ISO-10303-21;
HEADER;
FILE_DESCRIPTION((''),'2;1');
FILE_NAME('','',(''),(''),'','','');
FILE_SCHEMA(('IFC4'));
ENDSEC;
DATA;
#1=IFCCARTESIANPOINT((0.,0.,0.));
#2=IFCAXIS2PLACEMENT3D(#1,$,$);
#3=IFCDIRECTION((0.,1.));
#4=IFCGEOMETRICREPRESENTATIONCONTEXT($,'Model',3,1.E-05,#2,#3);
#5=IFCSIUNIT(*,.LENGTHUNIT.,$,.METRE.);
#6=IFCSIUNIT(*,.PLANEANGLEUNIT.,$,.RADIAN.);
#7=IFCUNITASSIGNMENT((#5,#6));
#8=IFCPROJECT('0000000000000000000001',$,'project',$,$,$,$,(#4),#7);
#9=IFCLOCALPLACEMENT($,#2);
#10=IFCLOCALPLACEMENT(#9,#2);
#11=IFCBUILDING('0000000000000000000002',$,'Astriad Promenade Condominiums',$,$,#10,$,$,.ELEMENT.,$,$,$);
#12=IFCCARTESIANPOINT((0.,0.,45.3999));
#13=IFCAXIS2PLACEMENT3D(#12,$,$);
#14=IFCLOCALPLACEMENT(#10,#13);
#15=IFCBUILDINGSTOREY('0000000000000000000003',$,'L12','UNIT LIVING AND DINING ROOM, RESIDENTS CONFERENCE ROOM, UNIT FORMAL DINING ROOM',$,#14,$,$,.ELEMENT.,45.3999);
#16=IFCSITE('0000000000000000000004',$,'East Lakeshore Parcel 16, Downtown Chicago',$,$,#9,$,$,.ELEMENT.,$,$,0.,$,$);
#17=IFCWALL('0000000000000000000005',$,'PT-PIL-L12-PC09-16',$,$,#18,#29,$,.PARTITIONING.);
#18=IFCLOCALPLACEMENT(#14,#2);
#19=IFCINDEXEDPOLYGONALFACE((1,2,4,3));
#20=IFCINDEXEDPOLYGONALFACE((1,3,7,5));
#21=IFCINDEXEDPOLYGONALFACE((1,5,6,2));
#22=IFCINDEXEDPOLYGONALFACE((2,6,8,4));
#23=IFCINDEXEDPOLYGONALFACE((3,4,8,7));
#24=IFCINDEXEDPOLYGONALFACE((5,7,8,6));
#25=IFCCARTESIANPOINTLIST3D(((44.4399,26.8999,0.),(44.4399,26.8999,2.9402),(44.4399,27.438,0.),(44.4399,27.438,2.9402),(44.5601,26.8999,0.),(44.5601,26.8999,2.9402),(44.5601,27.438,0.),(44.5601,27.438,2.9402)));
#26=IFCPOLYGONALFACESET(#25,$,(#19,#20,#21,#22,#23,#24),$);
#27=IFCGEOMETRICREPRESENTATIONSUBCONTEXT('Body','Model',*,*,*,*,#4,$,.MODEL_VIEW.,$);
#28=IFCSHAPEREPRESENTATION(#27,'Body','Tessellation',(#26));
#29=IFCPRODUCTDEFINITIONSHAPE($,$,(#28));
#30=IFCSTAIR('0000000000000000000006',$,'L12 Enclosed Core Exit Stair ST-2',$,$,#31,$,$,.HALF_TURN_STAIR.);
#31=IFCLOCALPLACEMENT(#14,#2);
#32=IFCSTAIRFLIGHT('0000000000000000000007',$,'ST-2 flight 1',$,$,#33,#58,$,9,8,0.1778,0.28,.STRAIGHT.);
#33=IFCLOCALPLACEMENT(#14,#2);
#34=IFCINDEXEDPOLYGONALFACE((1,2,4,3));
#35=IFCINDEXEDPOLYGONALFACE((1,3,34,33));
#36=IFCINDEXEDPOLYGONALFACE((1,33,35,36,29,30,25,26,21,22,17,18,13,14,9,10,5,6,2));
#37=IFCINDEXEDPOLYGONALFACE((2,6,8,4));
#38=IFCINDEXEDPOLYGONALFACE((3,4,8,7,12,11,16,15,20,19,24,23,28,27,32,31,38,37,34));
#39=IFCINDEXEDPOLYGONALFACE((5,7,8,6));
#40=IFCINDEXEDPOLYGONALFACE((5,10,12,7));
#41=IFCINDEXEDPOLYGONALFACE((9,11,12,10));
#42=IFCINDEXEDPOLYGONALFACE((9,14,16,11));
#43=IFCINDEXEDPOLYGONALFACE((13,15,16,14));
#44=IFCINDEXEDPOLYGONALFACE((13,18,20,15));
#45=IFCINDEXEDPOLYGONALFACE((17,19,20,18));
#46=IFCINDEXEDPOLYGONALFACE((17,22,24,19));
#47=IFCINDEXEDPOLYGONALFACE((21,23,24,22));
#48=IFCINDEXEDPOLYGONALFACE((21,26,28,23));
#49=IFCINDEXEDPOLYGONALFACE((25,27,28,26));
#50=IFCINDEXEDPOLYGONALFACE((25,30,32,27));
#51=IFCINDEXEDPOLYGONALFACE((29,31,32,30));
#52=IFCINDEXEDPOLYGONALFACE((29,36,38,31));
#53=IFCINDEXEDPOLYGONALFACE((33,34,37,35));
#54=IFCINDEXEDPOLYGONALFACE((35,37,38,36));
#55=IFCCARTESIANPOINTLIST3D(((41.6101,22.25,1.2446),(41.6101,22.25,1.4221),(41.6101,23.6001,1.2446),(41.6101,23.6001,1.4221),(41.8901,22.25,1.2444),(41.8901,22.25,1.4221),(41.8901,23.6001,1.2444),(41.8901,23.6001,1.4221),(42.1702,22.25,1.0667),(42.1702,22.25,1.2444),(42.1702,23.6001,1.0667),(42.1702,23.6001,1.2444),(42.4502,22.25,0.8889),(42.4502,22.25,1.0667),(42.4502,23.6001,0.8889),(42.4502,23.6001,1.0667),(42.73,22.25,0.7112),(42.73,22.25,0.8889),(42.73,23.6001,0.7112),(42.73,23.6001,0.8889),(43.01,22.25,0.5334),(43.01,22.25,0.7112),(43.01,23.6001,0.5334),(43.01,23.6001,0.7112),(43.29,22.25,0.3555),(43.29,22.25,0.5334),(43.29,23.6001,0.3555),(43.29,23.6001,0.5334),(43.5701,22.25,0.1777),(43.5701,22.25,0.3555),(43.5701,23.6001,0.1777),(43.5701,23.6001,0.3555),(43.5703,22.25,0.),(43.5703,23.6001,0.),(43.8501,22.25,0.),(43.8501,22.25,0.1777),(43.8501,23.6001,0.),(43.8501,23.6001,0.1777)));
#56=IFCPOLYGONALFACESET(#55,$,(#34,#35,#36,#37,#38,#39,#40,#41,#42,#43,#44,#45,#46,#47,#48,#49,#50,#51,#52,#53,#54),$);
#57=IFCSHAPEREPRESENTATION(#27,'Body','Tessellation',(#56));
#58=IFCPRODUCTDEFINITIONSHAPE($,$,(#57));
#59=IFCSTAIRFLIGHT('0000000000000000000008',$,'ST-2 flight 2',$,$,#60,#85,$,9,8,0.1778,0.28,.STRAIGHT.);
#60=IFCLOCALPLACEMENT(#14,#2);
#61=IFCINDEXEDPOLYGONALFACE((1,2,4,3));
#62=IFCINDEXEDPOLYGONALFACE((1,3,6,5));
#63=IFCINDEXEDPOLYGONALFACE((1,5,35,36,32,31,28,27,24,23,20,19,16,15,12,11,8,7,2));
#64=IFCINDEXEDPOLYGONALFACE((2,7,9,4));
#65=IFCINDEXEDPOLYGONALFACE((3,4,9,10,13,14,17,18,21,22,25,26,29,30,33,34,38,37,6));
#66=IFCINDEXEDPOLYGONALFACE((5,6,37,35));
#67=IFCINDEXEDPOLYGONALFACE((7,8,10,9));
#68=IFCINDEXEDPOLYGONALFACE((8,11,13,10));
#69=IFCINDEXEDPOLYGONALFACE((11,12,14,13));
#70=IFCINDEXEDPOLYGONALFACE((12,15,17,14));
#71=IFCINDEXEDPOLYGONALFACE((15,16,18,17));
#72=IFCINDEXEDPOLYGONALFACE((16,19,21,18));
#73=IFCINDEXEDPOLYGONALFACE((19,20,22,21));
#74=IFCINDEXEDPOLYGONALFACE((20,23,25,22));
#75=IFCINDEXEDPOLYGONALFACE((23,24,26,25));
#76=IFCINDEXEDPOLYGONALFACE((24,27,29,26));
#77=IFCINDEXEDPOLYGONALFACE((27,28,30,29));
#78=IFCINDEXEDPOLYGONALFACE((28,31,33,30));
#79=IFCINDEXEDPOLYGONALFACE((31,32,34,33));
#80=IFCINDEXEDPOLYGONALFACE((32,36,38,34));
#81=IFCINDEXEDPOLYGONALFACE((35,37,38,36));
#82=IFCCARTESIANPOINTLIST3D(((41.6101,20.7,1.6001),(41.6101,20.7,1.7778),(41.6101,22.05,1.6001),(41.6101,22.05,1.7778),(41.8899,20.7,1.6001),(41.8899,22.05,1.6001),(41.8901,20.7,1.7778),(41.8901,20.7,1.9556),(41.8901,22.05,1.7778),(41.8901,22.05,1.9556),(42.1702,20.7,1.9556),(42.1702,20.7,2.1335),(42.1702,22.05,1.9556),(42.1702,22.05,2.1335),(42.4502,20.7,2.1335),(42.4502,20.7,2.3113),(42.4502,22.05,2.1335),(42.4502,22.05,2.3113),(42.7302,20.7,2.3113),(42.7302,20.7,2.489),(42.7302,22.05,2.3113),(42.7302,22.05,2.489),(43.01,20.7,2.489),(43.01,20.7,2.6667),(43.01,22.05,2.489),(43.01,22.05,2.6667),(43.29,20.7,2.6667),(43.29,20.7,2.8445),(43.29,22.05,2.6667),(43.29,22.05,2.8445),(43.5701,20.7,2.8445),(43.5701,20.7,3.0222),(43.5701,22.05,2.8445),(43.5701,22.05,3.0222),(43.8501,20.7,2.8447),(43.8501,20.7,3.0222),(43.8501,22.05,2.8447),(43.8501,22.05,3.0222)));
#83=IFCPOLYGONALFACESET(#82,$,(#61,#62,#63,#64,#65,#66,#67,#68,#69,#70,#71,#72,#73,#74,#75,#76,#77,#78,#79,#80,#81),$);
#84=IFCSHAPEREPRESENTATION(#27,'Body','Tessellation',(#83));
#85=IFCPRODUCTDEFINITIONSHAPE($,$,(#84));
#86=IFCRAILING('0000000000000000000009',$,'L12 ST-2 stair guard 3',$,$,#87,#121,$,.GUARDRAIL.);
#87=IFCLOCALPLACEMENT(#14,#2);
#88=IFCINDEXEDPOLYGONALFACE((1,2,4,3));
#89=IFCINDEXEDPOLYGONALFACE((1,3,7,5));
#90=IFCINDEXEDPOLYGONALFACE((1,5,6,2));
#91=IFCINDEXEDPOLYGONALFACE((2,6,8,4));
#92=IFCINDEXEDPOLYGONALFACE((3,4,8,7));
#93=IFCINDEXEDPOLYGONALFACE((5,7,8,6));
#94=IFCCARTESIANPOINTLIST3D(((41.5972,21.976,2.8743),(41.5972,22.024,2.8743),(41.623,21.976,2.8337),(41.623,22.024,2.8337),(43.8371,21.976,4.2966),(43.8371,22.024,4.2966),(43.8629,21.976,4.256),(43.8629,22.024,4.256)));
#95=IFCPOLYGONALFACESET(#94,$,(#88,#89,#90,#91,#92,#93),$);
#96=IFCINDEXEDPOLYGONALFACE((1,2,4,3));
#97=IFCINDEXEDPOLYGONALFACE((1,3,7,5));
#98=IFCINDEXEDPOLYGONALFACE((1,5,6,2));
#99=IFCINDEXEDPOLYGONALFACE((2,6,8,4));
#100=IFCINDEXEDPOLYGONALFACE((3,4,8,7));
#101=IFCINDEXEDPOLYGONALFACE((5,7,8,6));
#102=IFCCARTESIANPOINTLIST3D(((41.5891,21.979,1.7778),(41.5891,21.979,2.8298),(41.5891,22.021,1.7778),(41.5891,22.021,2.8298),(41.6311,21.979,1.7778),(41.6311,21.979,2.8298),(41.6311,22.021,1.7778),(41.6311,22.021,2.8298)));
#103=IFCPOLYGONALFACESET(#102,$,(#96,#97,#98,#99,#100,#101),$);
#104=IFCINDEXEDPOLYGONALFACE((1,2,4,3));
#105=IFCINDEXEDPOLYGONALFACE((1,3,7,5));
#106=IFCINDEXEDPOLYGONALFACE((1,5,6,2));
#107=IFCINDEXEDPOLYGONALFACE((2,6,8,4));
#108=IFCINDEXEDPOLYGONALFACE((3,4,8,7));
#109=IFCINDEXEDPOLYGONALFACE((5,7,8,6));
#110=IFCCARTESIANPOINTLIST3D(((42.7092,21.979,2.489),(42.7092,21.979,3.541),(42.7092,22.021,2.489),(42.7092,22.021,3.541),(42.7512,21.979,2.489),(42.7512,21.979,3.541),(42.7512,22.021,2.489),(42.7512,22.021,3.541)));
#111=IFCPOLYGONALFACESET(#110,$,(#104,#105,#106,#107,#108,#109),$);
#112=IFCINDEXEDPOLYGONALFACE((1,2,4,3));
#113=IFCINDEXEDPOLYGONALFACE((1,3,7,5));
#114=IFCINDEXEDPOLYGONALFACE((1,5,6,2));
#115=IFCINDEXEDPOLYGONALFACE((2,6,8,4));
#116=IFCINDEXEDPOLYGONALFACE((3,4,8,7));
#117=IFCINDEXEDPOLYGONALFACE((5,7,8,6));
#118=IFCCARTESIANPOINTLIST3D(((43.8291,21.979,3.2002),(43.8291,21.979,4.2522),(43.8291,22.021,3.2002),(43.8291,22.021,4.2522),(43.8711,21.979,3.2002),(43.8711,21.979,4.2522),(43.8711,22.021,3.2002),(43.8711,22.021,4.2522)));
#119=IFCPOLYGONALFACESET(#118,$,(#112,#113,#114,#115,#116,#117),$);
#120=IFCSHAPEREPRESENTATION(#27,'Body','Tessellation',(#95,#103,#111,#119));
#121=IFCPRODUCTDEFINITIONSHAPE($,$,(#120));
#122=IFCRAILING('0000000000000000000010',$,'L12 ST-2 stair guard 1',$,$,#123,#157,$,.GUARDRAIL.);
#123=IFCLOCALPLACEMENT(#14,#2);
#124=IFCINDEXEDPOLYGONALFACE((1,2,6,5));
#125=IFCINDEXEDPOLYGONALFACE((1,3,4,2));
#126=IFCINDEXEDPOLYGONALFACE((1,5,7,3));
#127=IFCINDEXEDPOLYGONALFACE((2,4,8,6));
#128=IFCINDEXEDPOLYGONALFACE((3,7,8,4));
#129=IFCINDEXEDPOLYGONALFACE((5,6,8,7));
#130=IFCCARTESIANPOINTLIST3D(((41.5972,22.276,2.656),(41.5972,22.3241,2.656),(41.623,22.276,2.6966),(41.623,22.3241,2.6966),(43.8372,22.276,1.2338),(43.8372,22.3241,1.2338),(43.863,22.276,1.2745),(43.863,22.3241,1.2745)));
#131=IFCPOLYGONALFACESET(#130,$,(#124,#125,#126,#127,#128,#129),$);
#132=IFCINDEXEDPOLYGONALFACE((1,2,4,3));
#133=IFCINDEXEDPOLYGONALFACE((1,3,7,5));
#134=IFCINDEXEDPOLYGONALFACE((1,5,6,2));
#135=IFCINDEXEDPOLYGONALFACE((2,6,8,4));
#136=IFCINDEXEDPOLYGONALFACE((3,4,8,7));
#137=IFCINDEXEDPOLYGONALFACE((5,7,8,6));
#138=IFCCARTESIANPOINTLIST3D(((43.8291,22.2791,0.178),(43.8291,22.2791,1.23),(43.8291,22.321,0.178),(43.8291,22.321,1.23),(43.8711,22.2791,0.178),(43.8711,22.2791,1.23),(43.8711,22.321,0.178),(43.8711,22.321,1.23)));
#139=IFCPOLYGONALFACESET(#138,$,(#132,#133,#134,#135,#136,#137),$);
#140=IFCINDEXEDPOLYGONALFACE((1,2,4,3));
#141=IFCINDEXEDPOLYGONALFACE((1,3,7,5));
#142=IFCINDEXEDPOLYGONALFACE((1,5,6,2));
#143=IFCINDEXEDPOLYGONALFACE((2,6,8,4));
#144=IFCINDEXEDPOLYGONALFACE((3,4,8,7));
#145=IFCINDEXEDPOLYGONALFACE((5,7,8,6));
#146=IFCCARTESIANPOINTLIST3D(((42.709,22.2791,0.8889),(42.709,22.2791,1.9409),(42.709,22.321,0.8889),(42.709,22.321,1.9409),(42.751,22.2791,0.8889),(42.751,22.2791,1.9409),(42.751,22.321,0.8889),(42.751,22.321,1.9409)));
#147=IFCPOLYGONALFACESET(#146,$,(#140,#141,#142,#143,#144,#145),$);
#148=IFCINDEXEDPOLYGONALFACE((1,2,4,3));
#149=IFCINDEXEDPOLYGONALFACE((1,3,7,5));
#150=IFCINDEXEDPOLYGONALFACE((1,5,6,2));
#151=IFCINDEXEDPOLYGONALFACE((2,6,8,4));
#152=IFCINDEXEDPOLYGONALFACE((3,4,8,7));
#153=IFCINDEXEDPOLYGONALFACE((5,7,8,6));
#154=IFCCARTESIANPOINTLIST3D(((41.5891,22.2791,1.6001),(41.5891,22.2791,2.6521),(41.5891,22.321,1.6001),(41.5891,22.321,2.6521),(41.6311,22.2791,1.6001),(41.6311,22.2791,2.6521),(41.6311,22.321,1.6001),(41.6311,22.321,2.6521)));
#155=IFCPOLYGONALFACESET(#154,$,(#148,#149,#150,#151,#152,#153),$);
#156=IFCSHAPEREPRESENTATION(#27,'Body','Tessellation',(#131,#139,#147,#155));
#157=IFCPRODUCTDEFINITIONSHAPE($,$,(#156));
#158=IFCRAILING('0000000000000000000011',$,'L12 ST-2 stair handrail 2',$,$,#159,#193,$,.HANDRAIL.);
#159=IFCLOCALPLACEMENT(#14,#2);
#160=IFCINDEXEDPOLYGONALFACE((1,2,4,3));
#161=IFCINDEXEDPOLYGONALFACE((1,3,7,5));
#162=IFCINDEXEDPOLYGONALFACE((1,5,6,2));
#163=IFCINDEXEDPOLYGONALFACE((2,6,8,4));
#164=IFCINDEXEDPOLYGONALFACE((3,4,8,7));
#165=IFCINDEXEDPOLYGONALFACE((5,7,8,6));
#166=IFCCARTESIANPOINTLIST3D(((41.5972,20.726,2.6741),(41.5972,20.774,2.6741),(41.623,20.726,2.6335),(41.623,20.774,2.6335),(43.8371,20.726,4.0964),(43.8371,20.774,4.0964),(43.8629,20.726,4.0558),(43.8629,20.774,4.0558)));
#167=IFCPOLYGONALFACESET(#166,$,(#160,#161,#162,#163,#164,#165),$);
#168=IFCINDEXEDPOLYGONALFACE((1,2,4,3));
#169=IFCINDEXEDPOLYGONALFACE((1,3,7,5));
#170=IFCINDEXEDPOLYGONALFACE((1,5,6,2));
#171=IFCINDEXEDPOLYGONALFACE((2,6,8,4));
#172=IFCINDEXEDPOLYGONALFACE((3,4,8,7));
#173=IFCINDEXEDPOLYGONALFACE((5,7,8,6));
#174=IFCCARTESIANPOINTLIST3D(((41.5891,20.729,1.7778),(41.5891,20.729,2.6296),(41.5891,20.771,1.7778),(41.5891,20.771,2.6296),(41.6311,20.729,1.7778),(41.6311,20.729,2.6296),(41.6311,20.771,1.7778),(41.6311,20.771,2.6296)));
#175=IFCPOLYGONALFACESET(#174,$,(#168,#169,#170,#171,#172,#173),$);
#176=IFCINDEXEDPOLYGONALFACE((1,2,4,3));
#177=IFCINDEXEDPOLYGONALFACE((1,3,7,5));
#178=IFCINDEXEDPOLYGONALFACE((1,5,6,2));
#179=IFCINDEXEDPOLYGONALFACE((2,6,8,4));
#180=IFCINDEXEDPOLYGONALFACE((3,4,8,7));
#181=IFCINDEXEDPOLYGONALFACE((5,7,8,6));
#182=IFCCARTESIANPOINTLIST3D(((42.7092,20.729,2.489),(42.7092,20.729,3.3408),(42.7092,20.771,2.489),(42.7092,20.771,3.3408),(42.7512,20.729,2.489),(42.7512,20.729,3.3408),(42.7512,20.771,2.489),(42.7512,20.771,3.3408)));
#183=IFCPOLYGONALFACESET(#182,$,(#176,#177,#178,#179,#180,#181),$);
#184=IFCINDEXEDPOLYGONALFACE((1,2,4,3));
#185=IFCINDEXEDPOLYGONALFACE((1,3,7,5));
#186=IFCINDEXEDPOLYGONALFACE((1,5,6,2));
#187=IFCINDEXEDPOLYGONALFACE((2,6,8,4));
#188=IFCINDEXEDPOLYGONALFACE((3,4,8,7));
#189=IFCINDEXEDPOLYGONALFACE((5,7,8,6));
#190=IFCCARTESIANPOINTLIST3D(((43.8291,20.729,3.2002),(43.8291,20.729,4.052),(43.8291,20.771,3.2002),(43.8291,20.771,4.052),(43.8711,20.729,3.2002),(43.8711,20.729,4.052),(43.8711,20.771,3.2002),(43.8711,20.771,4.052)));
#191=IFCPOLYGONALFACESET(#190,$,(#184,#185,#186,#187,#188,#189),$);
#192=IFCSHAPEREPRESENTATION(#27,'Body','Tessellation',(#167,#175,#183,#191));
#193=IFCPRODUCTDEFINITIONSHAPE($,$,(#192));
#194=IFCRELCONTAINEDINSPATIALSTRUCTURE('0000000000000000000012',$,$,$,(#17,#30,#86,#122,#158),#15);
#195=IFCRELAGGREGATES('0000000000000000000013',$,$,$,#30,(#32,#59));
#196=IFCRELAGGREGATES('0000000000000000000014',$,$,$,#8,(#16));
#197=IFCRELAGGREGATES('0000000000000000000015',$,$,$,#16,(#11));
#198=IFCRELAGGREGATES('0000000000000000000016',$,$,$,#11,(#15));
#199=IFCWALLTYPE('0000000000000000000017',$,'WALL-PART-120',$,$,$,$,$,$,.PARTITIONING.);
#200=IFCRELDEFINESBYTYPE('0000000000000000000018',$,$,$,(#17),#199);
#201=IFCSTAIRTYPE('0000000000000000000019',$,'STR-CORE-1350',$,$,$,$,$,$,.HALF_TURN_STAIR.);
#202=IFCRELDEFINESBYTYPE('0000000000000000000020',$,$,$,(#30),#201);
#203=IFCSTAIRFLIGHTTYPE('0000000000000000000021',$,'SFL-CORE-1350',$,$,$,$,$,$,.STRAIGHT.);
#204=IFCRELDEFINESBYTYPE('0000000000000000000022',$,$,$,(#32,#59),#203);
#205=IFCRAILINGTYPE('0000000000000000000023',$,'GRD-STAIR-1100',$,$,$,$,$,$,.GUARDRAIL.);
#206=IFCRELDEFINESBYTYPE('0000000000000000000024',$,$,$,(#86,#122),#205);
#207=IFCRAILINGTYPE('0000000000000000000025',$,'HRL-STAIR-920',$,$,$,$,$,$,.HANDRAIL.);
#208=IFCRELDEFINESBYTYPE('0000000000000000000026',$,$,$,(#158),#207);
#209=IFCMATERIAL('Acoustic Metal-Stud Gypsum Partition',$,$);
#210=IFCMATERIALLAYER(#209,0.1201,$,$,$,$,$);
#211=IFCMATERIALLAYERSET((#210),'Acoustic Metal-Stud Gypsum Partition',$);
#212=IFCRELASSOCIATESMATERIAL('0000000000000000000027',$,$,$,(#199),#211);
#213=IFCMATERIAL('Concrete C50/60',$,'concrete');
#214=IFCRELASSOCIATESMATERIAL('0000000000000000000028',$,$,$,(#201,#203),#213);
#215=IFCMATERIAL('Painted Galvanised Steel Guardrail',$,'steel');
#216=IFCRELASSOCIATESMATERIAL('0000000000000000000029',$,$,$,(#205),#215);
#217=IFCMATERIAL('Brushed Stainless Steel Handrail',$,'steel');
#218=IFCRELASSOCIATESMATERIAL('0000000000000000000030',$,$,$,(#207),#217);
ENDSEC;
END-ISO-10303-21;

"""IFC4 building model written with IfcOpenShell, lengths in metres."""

from ifc_helpers import new_model, si_unit, direction, frame, frame_2d, origin, origin_2d, place, context, subcontext, project, spatial, polyline, rectangle, outline, extrude, source, transform, mapped, material, layer, layer_set, type_object, type_shapes, element, aggregate, save


model = new_model("IFC4")

# Units and contexts
model_context = context("Model", 3, precision=1e-05, world=origin(), true_north=direction((0.0, 1.0)))
body_context = subcontext(model_context, "Body", "Model", "MODEL_VIEW")
ifc_project = project(units=[si_unit("LENGTHUNIT", "METRE"), si_unit("PLANEANGLEUNIT", "RADIAN")], contexts=[model_context])

# Site, building, storey
site_placement = place(None, origin())
site = spatial("IfcSite", under=ifc_project, at=site_placement, Name="East Lakeshore Parcel 16, Downtown Chicago", CompositionType="ELEMENT", RefElevation=0.0)
building_placement = place(site_placement, origin())
building = spatial("IfcBuilding", under=site, at=building_placement, Name="Astriad Promenade Condominiums", CompositionType="ELEMENT")
storey_placement = place(building_placement, frame((0.0, 0.0, 45.3999)))
storey = spatial("IfcBuildingStorey", under=building, at=storey_placement, Name="L12", Description="UNIT LIVING AND DINING ROOM, RESIDENTS CONFERENCE ROOM, UNIT FORMAL DINING ROOM", CompositionType="ELEMENT", Elevation=45.3999)

# Shared definitions
ifc_material_1 = material(Name="Concrete C50/60", Category="concrete")

# Wall
ifc_material_2 = material(Name="Acoustic Metal-Stud Gypsum Partition")
ifc_layer_1 = layer(ifc_material_2, 0.1201)
ifc_layer_set_1 = layer_set([ifc_layer_1], Name="Acoustic Metal-Stud Gypsum Partition")
wall_type_1 = type_object("IfcWallType", Name="WALL-PART-120", PredefinedType="PARTITIONING", material=ifc_layer_set_1)
wall_1_placement = place(storey_placement, frame((44.5, 26.8999, 0.0), z_axis=(0.0, 0.0, 1.0), x_axis=(0.0, 1.0, 0.0)))
element("IfcWall", 1, at=wall_1_placement, inside=storey, type_object=wall_type_1, Name="PT-PIL-L12-PC09-16", PredefinedType="PARTITIONING", context=body_context, shape_type="SweptSolid", body=[
    extrude(rectangle(XDim=0.5381, YDim=0.1201, at=frame_2d((0.269, 0.0))), origin(), (0.0, 0.0, 1.0), 2.9402),
])

# Stair, stair flights
stair_type = type_object("IfcStairType", Name="STR-CORE-1350", PredefinedType="HALF_TURN_STAIR", material=ifc_material_1)
stair_placement = place(storey_placement, origin())
stair = element("IfcStair", 2, at=stair_placement, inside=storey, type_object=stair_type, Name="L12 Enclosed Core Exit Stair ST-2", PredefinedType="HALF_TURN_STAIR")
stair_flight_type = type_object("IfcStairFlightType", Name="SFL-CORE-1350", PredefinedType="STRAIGHT", material=ifc_material_1)
shared_shape_1 = source(origin(), body_context, "Body", "SweptSolid", [
    extrude(outline(polyline([(0.0, 0.0), (0.0, 0.1777), (0.28, 0.1777), (0.28, 0.3555), (0.5601, 0.3555), (0.5601, 0.5334), (0.8401, 0.5334), (0.8401, 0.7112), (1.1201, 0.7112), (1.1201, 0.8889), (1.3999, 0.8889), (1.3999, 1.0667), (1.6799, 1.0667), (1.6799, 1.2444), (1.96, 1.2444), (1.96, 1.4221), (2.24, 1.4221), (2.24, 1.6001), (2.24, 1.2446), (0.2798, 0.0), (0.0, 0.0)])), frame((0.0, 0.675, 0.0), z_axis=(0.0, -1.0, 0.0), x_axis=(1.0, 0.0, 0.0)), (0.0, 0.0, 1.0), 1.3501),
])
type_shapes(stair_flight_type, [shared_shape_1])
stair_flight_1_placement = place(storey_placement, frame((43.8501, 22.925, 0.0), z_axis=(0.0, 0.0, 1.0), x_axis=(-1.0, 0.0, 0.0)))
stair_flight_1 = element("IfcStairFlight", 3, at=stair_flight_1_placement, type_object=stair_flight_type, Name="ST-2 flight 1", NumberOfRisers=9, NumberOfTreads=8, PredefinedType="STRAIGHT", RiserHeight=0.1778, TreadLength=0.28, context=body_context, shape_type="MappedRepresentation", body=[
    mapped(shared_shape_1, transform((0.0, 0.0, 0.0), scale=1.0)),
])
stair_flight_2_placement = place(storey_placement, frame((41.6101, 21.375, 1.6001), z_axis=(0.0, 0.0, 1.0), x_axis=(1.0, 0.0, 0.0)))
stair_flight_2 = element("IfcStairFlight", 4, at=stair_flight_2_placement, type_object=stair_flight_type, Name="ST-2 flight 2", NumberOfRisers=9, NumberOfTreads=8, PredefinedType="STRAIGHT", RiserHeight=0.1778, TreadLength=0.28, context=body_context, shape_type="MappedRepresentation", body=[
    mapped(shared_shape_1, transform((0.0, 0.0, 0.0), scale=1.0)),
])
aggregate(stair, [stair_flight_1, stair_flight_2])

# Railings
ifc_material_3 = material(Name="Painted Galvanised Steel Guardrail", Category="steel")
railing_type_1 = type_object("IfcRailingType", Name="GRD-STAIR-1100", PredefinedType="GUARDRAIL", material=ifc_material_3)
shared_shape_2 = source(origin(), body_context, "Body", "SweptSolid", [
    extrude(rectangle(XDim=0.0481, YDim=0.0481, at=origin_2d()), frame((0.0, 0.0, 1.0762), z_axis=(0.844188, 0.0, 0.536048), x_axis=(0.0, 1.0, 0.0)), (0.0, 0.0, 1.0), 2.6533),
    extrude(rectangle(XDim=0.042, YDim=0.042, at=origin_2d()), origin(), (0.0, 0.0, 1.0), 1.052),
    extrude(rectangle(XDim=0.042, YDim=0.042, at=origin_2d()), frame((1.1201, 0.0, 0.7112)), (0.0, 0.0, 1.0), 1.052),
    extrude(rectangle(XDim=0.042, YDim=0.042, at=origin_2d()), frame((2.24, 0.0, 1.4224)), (0.0, 0.0, 1.0), 1.052),
])
railing_1_placement = place(storey_placement, frame((41.6101, 22.0, 1.7778)))
element("IfcRailing", 5, at=railing_1_placement, inside=storey, type_object=railing_type_1, Name="L12 ST-2 stair guard 3", PredefinedType="GUARDRAIL", context=body_context, shape_type="MappedRepresentation", body=[
    mapped(shared_shape_2, transform((0.0, 0.0, 0.0), scale=1.0)),
])
shared_shape_3 = source(origin(), body_context, "Body", "SweptSolid", [
    extrude(rectangle(XDim=0.0481, YDim=0.0481, at=origin_2d()), frame((0.0, 0.0, 1.0762), z_axis=(-0.844229, 0.0, 0.535982), x_axis=(0.0, -1.0, 0.0)), (0.0, 0.0, 1.0), 2.6533),
    extrude(rectangle(XDim=0.042, YDim=0.042, at=origin_2d()), origin(), (0.0, 0.0, 1.0), 1.052),
    extrude(rectangle(XDim=0.042, YDim=0.042, at=origin_2d()), frame((-1.1201, 0.0, 0.7109)), (0.0, 0.0, 1.0), 1.052),
    extrude(rectangle(XDim=0.042, YDim=0.042, at=origin_2d()), frame((-2.24, 0.0, 1.4221)), (0.0, 0.0, 1.0), 1.052),
])
railing_2_placement = place(storey_placement, frame((43.8501, 22.3, 0.178)))
element("IfcRailing", 6, at=railing_2_placement, inside=storey, type_object=railing_type_1, Name="L12 ST-2 stair guard 1", PredefinedType="GUARDRAIL", context=body_context, shape_type="MappedRepresentation", body=[
    mapped(shared_shape_3, transform((0.0, 0.0, 0.0), scale=1.0)),
])
ifc_material_4 = material(Name="Brushed Stainless Steel Handrail", Category="steel")
railing_type_2 = type_object("IfcRailingType", Name="HRL-STAIR-920", PredefinedType="HANDRAIL", material=ifc_material_4)
shared_shape_4 = source(origin(), body_context, "Body", "SweptSolid", [
    extrude(rectangle(XDim=0.0481, YDim=0.0481, at=origin_2d()), frame((0.0, 0.0, 0.876), z_axis=(0.844188, 0.0, 0.536048), x_axis=(0.0, 1.0, 0.0)), (0.0, 0.0, 1.0), 2.6533),
    extrude(rectangle(XDim=0.042, YDim=0.042, at=origin_2d()), origin(), (0.0, 0.0, 1.0), 0.8518),
    extrude(rectangle(XDim=0.042, YDim=0.042, at=origin_2d()), frame((1.1201, 0.0, 0.7112)), (0.0, 0.0, 1.0), 0.8518),
    extrude(rectangle(XDim=0.042, YDim=0.042, at=origin_2d()), frame((2.24, 0.0, 1.4224)), (0.0, 0.0, 1.0), 0.8518),
])
railing_3_placement = place(storey_placement, frame((41.6101, 20.75, 1.7778)))
element("IfcRailing", 7, at=railing_3_placement, inside=storey, type_object=railing_type_2, Name="L12 ST-2 stair handrail 2", PredefinedType="HANDRAIL", context=body_context, shape_type="MappedRepresentation", body=[
    mapped(shared_shape_4, transform((0.0, 0.0, 0.0), scale=1.0)),
])

save(model, "model.ifc")
